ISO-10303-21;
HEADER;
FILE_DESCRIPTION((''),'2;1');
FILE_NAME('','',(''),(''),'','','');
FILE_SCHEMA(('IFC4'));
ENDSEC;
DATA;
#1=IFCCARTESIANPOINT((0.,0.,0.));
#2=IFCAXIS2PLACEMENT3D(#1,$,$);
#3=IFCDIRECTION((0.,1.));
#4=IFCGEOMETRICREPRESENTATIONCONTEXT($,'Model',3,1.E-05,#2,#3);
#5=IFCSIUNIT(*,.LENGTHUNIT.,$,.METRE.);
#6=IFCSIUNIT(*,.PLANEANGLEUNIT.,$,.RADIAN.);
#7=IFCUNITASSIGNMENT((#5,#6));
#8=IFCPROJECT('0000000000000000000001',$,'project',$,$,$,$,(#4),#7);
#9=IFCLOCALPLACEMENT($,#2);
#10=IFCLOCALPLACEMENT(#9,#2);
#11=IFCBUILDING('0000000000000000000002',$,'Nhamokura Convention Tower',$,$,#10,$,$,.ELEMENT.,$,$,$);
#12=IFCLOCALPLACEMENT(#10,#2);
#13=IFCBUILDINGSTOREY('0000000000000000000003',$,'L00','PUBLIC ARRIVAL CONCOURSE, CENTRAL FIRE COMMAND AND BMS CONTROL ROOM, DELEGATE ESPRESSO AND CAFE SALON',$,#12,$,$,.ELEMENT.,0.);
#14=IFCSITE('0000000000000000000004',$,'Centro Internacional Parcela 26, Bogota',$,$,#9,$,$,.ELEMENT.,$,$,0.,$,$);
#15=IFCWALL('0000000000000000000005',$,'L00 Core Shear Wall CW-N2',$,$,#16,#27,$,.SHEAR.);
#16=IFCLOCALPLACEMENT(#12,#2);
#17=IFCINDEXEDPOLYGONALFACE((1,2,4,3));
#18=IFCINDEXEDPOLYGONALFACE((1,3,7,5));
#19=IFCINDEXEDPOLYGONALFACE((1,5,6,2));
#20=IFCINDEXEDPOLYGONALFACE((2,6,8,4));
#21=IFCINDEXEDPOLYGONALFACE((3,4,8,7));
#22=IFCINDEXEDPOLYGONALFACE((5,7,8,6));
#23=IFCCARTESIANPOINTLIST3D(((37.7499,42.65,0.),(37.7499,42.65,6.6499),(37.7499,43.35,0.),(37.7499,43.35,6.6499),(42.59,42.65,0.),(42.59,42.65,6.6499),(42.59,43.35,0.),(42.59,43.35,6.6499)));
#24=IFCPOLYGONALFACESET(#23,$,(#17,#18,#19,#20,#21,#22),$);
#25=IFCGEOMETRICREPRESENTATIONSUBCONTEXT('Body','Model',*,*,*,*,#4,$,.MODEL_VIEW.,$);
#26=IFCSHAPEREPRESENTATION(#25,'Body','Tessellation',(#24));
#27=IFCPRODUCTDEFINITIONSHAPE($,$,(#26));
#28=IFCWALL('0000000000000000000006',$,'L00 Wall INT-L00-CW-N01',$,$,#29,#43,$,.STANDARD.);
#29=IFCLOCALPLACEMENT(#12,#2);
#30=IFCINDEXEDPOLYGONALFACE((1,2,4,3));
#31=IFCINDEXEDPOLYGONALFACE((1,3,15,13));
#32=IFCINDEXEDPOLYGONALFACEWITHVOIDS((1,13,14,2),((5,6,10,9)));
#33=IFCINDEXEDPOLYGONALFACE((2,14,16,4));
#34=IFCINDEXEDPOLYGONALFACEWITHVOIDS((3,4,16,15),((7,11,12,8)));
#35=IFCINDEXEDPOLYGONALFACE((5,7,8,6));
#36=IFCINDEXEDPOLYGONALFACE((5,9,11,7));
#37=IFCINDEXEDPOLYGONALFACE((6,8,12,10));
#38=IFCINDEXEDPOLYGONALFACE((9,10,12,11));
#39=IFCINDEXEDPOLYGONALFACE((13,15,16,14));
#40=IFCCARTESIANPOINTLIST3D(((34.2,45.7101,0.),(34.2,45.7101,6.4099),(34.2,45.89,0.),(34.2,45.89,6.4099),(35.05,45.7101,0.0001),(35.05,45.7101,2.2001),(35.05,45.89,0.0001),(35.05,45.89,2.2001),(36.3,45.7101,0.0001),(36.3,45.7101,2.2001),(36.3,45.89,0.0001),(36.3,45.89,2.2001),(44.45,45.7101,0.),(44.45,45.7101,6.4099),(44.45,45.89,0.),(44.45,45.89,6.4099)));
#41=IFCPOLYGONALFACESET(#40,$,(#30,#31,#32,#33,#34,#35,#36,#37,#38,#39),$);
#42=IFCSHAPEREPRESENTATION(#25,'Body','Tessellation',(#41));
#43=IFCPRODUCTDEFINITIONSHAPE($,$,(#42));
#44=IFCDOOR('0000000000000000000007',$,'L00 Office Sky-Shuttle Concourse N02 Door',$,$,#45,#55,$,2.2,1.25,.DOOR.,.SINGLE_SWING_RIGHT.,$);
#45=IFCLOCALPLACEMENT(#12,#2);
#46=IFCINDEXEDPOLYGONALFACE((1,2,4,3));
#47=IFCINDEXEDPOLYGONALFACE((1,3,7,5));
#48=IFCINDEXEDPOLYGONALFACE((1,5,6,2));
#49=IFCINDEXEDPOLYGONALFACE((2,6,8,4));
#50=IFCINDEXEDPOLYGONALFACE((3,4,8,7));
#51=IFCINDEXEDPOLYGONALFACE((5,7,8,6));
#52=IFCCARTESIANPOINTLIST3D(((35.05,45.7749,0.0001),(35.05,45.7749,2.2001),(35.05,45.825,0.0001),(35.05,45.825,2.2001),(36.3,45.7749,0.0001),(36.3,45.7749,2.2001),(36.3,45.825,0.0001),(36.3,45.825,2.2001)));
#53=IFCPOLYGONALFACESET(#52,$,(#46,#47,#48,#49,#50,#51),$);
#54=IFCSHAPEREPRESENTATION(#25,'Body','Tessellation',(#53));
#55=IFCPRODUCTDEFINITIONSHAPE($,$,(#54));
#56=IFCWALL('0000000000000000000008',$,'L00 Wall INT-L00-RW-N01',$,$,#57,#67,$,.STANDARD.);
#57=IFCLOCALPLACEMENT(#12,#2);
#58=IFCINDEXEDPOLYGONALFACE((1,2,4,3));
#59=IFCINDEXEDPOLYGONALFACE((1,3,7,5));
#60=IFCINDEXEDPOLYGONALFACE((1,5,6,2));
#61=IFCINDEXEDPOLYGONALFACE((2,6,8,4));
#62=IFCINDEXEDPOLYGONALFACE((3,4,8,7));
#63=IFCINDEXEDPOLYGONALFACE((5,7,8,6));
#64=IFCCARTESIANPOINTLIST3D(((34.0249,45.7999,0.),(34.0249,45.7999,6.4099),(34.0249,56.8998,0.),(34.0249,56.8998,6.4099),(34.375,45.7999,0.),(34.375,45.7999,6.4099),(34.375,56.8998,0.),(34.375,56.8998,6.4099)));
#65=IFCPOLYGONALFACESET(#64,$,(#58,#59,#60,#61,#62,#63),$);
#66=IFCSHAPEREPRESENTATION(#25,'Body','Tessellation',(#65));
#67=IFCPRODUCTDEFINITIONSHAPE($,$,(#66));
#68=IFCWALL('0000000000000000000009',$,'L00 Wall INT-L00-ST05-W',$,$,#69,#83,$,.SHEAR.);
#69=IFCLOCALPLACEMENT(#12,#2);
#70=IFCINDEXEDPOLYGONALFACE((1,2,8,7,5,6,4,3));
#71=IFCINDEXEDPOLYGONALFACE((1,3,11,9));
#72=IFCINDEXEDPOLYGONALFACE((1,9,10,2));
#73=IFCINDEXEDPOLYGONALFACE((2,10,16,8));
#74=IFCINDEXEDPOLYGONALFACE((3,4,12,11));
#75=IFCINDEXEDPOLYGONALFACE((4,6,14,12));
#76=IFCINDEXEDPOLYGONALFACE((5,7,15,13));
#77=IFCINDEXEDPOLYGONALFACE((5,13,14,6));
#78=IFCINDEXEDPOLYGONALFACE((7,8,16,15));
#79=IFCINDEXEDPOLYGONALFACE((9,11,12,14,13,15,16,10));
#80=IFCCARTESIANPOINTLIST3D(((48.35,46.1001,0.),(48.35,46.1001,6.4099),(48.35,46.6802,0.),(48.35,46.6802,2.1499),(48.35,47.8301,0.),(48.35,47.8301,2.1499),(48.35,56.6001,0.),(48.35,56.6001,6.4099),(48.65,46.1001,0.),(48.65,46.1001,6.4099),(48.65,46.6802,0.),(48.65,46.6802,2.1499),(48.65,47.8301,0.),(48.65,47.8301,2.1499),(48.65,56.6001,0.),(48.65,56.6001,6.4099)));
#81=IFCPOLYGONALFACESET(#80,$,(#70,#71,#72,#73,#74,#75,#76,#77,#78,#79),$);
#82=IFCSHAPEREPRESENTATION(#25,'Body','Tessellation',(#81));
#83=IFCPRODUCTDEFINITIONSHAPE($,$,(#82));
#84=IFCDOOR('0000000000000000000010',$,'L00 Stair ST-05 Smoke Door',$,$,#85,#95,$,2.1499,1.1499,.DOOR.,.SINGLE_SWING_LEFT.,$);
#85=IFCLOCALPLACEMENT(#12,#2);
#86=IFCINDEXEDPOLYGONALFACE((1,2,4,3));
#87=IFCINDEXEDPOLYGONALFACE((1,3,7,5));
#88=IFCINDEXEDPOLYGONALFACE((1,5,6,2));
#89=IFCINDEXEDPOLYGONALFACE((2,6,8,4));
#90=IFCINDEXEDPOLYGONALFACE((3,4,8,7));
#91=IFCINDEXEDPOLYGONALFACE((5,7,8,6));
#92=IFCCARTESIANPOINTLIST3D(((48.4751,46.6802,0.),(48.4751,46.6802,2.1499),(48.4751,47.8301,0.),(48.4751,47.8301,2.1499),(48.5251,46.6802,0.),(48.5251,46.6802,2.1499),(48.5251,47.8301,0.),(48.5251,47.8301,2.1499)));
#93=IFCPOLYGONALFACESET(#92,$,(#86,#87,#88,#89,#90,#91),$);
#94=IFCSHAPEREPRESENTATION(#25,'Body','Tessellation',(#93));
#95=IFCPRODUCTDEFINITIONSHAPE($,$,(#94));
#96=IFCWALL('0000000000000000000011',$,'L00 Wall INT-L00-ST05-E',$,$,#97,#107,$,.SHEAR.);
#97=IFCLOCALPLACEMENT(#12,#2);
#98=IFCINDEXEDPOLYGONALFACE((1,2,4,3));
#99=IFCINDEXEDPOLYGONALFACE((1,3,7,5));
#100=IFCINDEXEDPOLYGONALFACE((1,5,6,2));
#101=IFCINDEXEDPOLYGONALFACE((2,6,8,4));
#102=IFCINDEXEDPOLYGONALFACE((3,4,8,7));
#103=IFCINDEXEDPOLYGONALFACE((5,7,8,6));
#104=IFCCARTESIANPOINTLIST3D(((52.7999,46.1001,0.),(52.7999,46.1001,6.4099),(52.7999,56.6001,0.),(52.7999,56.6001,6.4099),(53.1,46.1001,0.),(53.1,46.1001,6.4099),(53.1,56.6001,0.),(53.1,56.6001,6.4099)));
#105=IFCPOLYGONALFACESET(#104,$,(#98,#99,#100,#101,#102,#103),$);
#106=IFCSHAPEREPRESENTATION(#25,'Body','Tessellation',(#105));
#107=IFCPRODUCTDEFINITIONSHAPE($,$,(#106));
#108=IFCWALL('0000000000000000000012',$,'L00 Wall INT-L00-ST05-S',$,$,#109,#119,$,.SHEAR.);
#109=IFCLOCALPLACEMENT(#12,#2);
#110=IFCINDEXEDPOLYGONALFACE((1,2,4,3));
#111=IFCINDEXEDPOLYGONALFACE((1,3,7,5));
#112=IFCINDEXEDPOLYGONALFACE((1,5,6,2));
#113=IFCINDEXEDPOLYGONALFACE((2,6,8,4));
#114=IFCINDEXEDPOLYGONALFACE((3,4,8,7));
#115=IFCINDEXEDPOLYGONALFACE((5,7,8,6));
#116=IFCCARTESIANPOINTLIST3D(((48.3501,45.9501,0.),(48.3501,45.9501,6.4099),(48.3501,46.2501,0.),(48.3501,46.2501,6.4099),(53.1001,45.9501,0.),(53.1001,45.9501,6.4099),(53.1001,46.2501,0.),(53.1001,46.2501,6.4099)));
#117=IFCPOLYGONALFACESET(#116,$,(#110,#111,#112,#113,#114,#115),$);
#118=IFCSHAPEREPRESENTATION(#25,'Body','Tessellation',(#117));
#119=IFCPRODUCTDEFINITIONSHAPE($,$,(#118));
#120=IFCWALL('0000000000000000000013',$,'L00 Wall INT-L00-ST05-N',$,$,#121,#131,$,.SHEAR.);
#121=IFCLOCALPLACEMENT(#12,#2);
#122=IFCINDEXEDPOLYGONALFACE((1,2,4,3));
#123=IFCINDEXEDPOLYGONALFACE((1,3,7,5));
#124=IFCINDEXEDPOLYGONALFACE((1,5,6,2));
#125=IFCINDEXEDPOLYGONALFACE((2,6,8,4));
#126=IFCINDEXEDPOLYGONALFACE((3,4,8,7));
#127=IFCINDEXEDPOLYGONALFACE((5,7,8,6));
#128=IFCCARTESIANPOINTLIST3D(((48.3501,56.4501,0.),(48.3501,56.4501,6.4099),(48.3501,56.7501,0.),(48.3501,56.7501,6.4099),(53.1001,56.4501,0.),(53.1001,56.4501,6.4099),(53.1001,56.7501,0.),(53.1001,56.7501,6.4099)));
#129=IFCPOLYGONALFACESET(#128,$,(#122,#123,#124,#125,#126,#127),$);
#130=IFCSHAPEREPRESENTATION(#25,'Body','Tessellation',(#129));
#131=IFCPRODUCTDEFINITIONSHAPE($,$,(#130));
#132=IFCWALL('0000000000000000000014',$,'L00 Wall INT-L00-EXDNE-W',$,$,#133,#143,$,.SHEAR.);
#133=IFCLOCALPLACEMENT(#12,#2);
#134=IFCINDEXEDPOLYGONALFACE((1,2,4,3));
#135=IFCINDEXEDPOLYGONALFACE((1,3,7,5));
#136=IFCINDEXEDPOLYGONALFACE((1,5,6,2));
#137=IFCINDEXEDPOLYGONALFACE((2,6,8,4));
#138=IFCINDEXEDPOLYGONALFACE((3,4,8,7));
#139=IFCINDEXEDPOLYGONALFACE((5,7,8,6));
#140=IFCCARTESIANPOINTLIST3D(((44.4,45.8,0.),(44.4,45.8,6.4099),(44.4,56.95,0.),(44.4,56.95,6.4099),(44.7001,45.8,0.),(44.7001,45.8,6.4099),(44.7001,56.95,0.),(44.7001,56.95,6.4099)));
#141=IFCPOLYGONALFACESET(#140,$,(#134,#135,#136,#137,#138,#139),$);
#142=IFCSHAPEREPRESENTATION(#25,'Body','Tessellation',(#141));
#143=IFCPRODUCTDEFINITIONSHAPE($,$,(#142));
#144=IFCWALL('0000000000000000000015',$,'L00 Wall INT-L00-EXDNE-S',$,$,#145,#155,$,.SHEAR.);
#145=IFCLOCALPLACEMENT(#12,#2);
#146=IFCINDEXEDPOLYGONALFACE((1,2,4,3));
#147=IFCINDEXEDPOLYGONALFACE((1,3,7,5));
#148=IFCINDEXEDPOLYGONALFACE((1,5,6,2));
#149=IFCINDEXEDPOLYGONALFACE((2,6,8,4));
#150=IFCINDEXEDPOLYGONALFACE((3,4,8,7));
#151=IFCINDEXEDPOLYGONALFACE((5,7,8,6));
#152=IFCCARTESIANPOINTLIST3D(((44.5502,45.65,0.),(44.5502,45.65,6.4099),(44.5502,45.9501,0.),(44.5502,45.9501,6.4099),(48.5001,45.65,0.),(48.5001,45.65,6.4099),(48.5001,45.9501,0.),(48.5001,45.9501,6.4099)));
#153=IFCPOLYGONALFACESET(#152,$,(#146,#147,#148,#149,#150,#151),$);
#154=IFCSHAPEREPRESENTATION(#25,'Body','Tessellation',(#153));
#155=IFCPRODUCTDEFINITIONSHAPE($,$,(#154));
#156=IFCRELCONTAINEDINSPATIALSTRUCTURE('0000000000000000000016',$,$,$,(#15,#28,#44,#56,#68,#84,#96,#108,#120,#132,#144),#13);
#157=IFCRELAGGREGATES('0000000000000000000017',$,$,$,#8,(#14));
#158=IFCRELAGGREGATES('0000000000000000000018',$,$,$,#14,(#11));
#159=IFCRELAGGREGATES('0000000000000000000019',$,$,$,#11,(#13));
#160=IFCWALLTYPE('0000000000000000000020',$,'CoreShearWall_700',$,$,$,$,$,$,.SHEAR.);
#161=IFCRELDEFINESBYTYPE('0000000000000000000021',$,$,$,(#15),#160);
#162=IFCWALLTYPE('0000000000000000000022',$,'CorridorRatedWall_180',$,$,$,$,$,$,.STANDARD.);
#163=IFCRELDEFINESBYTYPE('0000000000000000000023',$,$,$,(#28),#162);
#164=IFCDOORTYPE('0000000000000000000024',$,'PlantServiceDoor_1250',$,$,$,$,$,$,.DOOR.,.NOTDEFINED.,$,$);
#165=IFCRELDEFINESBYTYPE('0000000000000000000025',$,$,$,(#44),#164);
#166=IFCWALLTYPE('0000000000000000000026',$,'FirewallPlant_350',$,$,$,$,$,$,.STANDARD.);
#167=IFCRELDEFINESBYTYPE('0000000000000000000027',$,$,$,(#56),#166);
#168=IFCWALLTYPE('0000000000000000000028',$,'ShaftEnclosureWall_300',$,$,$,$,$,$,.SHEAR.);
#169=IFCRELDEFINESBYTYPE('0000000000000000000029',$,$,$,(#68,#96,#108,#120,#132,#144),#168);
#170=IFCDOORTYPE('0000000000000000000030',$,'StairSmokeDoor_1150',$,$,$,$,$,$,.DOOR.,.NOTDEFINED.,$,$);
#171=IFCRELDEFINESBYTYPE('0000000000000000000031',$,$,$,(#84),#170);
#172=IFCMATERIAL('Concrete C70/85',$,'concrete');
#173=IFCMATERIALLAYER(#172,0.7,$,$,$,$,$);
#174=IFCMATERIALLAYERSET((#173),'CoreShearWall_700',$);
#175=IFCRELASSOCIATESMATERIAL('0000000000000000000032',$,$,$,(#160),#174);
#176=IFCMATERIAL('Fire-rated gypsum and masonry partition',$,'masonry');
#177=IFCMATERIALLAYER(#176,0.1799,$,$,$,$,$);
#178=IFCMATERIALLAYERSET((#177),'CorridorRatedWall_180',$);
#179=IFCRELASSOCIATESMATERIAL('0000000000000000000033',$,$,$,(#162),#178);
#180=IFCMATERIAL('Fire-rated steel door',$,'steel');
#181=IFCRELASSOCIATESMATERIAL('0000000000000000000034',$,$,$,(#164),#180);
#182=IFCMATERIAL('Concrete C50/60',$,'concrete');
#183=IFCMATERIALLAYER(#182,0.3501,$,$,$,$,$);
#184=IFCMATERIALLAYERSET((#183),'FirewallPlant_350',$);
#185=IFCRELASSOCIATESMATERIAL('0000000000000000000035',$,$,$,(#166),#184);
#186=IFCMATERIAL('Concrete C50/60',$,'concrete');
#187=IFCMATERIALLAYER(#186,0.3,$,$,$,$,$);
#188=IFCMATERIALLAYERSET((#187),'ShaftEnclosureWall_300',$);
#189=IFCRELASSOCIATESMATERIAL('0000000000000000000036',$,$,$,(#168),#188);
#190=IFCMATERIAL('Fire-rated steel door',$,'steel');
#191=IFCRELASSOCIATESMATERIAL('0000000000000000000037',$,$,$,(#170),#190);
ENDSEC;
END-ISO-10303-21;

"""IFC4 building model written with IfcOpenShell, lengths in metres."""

from ifc_helpers import new_model, si_unit, direction, frame, frame_2d, origin, place, context, subcontext, project, spatial, rectangle, extrude, material, layer, layer_set, type_object, element, fill, save


model = new_model("IFC4")

# Units and contexts
model_context = context("Model", 3, precision=1e-05, world=origin(), true_north=direction((0.0, 1.0)))
body_context = subcontext(model_context, "Body", "Model", "MODEL_VIEW")
ifc_project = project(units=[si_unit("LENGTHUNIT", "METRE"), si_unit("PLANEANGLEUNIT", "RADIAN")], contexts=[model_context])

# Site, building, storey
site_placement = place(None, origin())
site = spatial("IfcSite", under=ifc_project, at=site_placement, Name="Centro Internacional Parcela 26, Bogota", CompositionType="ELEMENT", RefElevation=0.0)
building_placement = place(site_placement, origin())
building = spatial("IfcBuilding", under=site, at=building_placement, Name="Nhamokura Convention Tower", CompositionType="ELEMENT")
storey_placement = place(building_placement, origin())
storey = spatial("IfcBuildingStorey", under=building, at=storey_placement, Name="L00", Description="PUBLIC ARRIVAL CONCOURSE, CENTRAL FIRE COMMAND AND BMS CONTROL ROOM, DELEGATE ESPRESSO AND CAFE SALON", CompositionType="ELEMENT", Elevation=0.0)

# Wall
ifc_material_1 = material(Name="Concrete C70/85", Category="concrete")
ifc_layer_1 = layer(ifc_material_1, 0.7)
ifc_layer_set_1 = layer_set([ifc_layer_1], Name="CoreShearWall_700")
wall_type_1 = type_object("IfcWallType", Name="CoreShearWall_700", PredefinedType="SHEAR", material=ifc_layer_set_1)
wall_1_placement = place(storey_placement, frame((37.75, 43.0, 0.0), z_axis=(0.0, 0.0, 1.0), x_axis=(1.0, 0.0, 0.0)))
element("IfcWall", 1, at=wall_1_placement, inside=storey, type_object=wall_type_1, Name="L00 Core Shear Wall CW-N2", PredefinedType="SHEAR", context=body_context, shape_type="SweptSolid", body=[
    extrude(rectangle(XDim=4.8401, YDim=0.7, at=frame_2d((2.4199, 0.0))), origin(), (0.0, 0.0, 1.0), 6.6499),
])

# Wall, opening, door
ifc_material_2 = material(Name="Fire-rated gypsum and masonry partition", Category="masonry")
ifc_layer_2 = layer(ifc_material_2, 0.1799)
ifc_layer_set_2 = layer_set([ifc_layer_2], Name="CorridorRatedWall_180")
wall_type_2 = type_object("IfcWallType", Name="CorridorRatedWall_180", PredefinedType="STANDARD", material=ifc_layer_set_2)
wall_2_placement = place(storey_placement, frame((34.2, 45.8, 0.0), z_axis=(0.0, 0.0, 1.0), x_axis=(1.0, 0.0, 0.0)))
wall_2 = element("IfcWall", 2, at=wall_2_placement, inside=storey, type_object=wall_type_2, Name="L00 Wall INT-L00-CW-N01", PredefinedType="STANDARD", context=body_context, shape_type="SweptSolid", body=[
    extrude(rectangle(XDim=10.25, YDim=0.1799, at=frame_2d((5.125, 0.0))), origin(), (0.0, 0.0, 1.0), 6.4099),
])
opening_1_placement = place(wall_2_placement, frame((0.8501, 0.0, 0.0)))
opening_1 = element("IfcOpeningElement", 3, at=opening_1_placement, cuts=wall_2, PredefinedType="OPENING", context=body_context, shape_type="SweptSolid", body=[
    extrude(rectangle(XDim=1.25, YDim=2.2, at=frame_2d((0.625, 1.1001))), frame((0.0, 0.0999, 0.0), z_axis=(0.0, -1.0, 0.0), x_axis=(1.0, 0.0, 0.0)), (0.0, 0.0, 1.0), 0.2),
])
ifc_material_3 = material(Name="Fire-rated steel door", Category="steel")
door_type_1 = type_object("IfcDoorType", Name="PlantServiceDoor_1250", OperationType="NOTDEFINED", PredefinedType="DOOR", material=ifc_material_3)
door_1_placement = place(opening_1_placement, origin())
door_1 = element("IfcDoor", 4, at=door_1_placement, inside=storey, type_object=door_type_1, Name="L00 Office Sky-Shuttle Concourse N02 Door", OperationType="SINGLE_SWING_RIGHT", OverallHeight=2.2, OverallWidth=1.25, PredefinedType="DOOR", context=body_context, shape_type="SweptSolid", body=[
    extrude(rectangle(XDim=1.25, YDim=2.2, at=frame_2d((0.625, 1.1001))), frame((0.0, 0.0249, 0.0), z_axis=(0.0, -1.0, 0.0), x_axis=(1.0, 0.0, 0.0)), (0.0, 0.0, 1.0), 0.05),
])
fill(opening_1, door_1)

# Wall
ifc_material_4 = material(Name="Concrete C50/60", Category="concrete")
ifc_layer_3 = layer(ifc_material_4, 0.3501)
ifc_layer_set_3 = layer_set([ifc_layer_3], Name="FirewallPlant_350")
wall_type_3 = type_object("IfcWallType", Name="FirewallPlant_350", PredefinedType="STANDARD", material=ifc_layer_set_3)
wall_3_placement = place(storey_placement, frame((34.2, 45.8, 0.0), z_axis=(0.0, 0.0, 1.0), x_axis=(0.0, 1.0, 0.0)))
element("IfcWall", 5, at=wall_3_placement, inside=storey, type_object=wall_type_3, Name="L00 Wall INT-L00-RW-N01", PredefinedType="STANDARD", context=body_context, shape_type="SweptSolid", body=[
    extrude(rectangle(XDim=11.0999, YDim=0.3501, at=frame_2d((5.5498, 0.0))), origin(), (0.0, 0.0, 1.0), 6.4099),
])

# Wall, opening, door
ifc_material_5 = material(Name="Concrete C50/60", Category="concrete")
ifc_layer_4 = layer(ifc_material_5, 0.3)
ifc_layer_set_4 = layer_set([ifc_layer_4], Name="ShaftEnclosureWall_300")
wall_type_4 = type_object("IfcWallType", Name="ShaftEnclosureWall_300", PredefinedType="SHEAR", material=ifc_layer_set_4)
wall_4_placement = place(storey_placement, frame((48.5, 46.1001, 0.0), z_axis=(0.0, 0.0, 1.0), x_axis=(0.0, 1.0, 0.0)))
wall_4 = element("IfcWall", 6, at=wall_4_placement, inside=storey, type_object=wall_type_4, Name="L00 Wall INT-L00-ST05-W", PredefinedType="SHEAR", context=body_context, shape_type="SweptSolid", body=[
    extrude(rectangle(XDim=10.5, YDim=0.3, at=frame_2d((5.25, 0.0))), origin(), (0.0, 0.0, 1.0), 6.4099),
])
opening_2_placement = place(wall_4_placement, frame((0.5801, 0.0, 0.0)))
opening_2 = element("IfcOpeningElement", 7, at=opening_2_placement, cuts=wall_4, PredefinedType="OPENING", context=body_context, shape_type="SweptSolid", body=[
    extrude(rectangle(XDim=1.1499, YDim=2.1499, at=frame_2d((0.575, 1.075))), frame((0.0, 0.1599, 0.0), z_axis=(0.0, -1.0, 0.0), x_axis=(1.0, 0.0, 0.0)), (0.0, 0.0, 1.0), 0.3201),
])
ifc_material_6 = material(Name="Fire-rated steel door", Category="steel")
door_type_2 = type_object("IfcDoorType", Name="StairSmokeDoor_1150", OperationType="NOTDEFINED", PredefinedType="DOOR", material=ifc_material_6)
door_2_placement = place(opening_2_placement, origin())
door_2 = element("IfcDoor", 8, at=door_2_placement, inside=storey, type_object=door_type_2, Name="L00 Stair ST-05 Smoke Door", OperationType="SINGLE_SWING_LEFT", OverallHeight=2.1499, OverallWidth=1.1499, PredefinedType="DOOR", context=body_context, shape_type="SweptSolid", body=[
    extrude(rectangle(XDim=1.1499, YDim=2.1499, at=frame_2d((0.575, 1.075))), frame((0.0, 0.0249, 0.0), z_axis=(0.0, -1.0, 0.0), x_axis=(1.0, 0.0, 0.0)), (0.0, 0.0, 1.0), 0.05),
])
fill(opening_2, door_2)

# Walls
wall_5_placement = place(storey_placement, frame((52.95, 46.1001, 0.0), z_axis=(0.0, 0.0, 1.0), x_axis=(0.0, 1.0, 0.0)))
element("IfcWall", 9, at=wall_5_placement, inside=storey, type_object=wall_type_4, Name="L00 Wall INT-L00-ST05-E", PredefinedType="SHEAR", context=body_context, shape_type="SweptSolid", body=[
    extrude(rectangle(XDim=10.5, YDim=0.3, at=frame_2d((5.25, 0.0))), origin(), (0.0, 0.0, 1.0), 6.4099),
])
for number, where, z_axis, x_axis, name in (
    (10, (48.3501, 46.1001, 0.0), (0.0, 0.0, 1.0), (1.0, 0.0, 0.0), "L00 Wall INT-L00-ST05-S"),
    (11, (48.3501, 56.6001, 0.0), (0.0, 0.0, 1.0), (1.0, 0.0, 0.0), "L00 Wall INT-L00-ST05-N"),
):
    element("IfcWall", number, at=place(storey_placement, frame(where, z_axis=z_axis, x_axis=x_axis)), inside=storey, type_object=wall_type_4, Name=name, PredefinedType="SHEAR", context=body_context, shape_type="SweptSolid", body=[
        extrude(rectangle(XDim=4.75, YDim=0.3, at=frame_2d((2.375, 0.0))), origin(), (0.0, 0.0, 1.0), 6.4099),
    ])
wall_6_placement = place(storey_placement, frame((44.55, 45.8, 0.0), z_axis=(0.0, 0.0, 1.0), x_axis=(0.0, 1.0, 0.0)))
element("IfcWall", 12, at=wall_6_placement, inside=storey, type_object=wall_type_4, Name="L00 Wall INT-L00-EXDNE-W", PredefinedType="SHEAR", context=body_context, shape_type="SweptSolid", body=[
    extrude(rectangle(XDim=11.1499, YDim=0.3, at=frame_2d((5.575, 0.0))), origin(), (0.0, 0.0, 1.0), 6.4099),
])
wall_7_placement = place(storey_placement, frame((44.55, 45.8, 0.0), z_axis=(0.0, 0.0, 1.0), x_axis=(1.0, 0.0, 0.0)))
element("IfcWall", 13, at=wall_7_placement, inside=storey, type_object=wall_type_4, Name="L00 Wall INT-L00-EXDNE-S", PredefinedType="SHEAR", context=body_context, shape_type="SweptSolid", body=[
    extrude(rectangle(XDim=3.95, YDim=0.3, at=frame_2d((1.9751, 0.0))), origin(), (0.0, 0.0, 1.0), 6.4099),
])

save(model, "model.ifc")
